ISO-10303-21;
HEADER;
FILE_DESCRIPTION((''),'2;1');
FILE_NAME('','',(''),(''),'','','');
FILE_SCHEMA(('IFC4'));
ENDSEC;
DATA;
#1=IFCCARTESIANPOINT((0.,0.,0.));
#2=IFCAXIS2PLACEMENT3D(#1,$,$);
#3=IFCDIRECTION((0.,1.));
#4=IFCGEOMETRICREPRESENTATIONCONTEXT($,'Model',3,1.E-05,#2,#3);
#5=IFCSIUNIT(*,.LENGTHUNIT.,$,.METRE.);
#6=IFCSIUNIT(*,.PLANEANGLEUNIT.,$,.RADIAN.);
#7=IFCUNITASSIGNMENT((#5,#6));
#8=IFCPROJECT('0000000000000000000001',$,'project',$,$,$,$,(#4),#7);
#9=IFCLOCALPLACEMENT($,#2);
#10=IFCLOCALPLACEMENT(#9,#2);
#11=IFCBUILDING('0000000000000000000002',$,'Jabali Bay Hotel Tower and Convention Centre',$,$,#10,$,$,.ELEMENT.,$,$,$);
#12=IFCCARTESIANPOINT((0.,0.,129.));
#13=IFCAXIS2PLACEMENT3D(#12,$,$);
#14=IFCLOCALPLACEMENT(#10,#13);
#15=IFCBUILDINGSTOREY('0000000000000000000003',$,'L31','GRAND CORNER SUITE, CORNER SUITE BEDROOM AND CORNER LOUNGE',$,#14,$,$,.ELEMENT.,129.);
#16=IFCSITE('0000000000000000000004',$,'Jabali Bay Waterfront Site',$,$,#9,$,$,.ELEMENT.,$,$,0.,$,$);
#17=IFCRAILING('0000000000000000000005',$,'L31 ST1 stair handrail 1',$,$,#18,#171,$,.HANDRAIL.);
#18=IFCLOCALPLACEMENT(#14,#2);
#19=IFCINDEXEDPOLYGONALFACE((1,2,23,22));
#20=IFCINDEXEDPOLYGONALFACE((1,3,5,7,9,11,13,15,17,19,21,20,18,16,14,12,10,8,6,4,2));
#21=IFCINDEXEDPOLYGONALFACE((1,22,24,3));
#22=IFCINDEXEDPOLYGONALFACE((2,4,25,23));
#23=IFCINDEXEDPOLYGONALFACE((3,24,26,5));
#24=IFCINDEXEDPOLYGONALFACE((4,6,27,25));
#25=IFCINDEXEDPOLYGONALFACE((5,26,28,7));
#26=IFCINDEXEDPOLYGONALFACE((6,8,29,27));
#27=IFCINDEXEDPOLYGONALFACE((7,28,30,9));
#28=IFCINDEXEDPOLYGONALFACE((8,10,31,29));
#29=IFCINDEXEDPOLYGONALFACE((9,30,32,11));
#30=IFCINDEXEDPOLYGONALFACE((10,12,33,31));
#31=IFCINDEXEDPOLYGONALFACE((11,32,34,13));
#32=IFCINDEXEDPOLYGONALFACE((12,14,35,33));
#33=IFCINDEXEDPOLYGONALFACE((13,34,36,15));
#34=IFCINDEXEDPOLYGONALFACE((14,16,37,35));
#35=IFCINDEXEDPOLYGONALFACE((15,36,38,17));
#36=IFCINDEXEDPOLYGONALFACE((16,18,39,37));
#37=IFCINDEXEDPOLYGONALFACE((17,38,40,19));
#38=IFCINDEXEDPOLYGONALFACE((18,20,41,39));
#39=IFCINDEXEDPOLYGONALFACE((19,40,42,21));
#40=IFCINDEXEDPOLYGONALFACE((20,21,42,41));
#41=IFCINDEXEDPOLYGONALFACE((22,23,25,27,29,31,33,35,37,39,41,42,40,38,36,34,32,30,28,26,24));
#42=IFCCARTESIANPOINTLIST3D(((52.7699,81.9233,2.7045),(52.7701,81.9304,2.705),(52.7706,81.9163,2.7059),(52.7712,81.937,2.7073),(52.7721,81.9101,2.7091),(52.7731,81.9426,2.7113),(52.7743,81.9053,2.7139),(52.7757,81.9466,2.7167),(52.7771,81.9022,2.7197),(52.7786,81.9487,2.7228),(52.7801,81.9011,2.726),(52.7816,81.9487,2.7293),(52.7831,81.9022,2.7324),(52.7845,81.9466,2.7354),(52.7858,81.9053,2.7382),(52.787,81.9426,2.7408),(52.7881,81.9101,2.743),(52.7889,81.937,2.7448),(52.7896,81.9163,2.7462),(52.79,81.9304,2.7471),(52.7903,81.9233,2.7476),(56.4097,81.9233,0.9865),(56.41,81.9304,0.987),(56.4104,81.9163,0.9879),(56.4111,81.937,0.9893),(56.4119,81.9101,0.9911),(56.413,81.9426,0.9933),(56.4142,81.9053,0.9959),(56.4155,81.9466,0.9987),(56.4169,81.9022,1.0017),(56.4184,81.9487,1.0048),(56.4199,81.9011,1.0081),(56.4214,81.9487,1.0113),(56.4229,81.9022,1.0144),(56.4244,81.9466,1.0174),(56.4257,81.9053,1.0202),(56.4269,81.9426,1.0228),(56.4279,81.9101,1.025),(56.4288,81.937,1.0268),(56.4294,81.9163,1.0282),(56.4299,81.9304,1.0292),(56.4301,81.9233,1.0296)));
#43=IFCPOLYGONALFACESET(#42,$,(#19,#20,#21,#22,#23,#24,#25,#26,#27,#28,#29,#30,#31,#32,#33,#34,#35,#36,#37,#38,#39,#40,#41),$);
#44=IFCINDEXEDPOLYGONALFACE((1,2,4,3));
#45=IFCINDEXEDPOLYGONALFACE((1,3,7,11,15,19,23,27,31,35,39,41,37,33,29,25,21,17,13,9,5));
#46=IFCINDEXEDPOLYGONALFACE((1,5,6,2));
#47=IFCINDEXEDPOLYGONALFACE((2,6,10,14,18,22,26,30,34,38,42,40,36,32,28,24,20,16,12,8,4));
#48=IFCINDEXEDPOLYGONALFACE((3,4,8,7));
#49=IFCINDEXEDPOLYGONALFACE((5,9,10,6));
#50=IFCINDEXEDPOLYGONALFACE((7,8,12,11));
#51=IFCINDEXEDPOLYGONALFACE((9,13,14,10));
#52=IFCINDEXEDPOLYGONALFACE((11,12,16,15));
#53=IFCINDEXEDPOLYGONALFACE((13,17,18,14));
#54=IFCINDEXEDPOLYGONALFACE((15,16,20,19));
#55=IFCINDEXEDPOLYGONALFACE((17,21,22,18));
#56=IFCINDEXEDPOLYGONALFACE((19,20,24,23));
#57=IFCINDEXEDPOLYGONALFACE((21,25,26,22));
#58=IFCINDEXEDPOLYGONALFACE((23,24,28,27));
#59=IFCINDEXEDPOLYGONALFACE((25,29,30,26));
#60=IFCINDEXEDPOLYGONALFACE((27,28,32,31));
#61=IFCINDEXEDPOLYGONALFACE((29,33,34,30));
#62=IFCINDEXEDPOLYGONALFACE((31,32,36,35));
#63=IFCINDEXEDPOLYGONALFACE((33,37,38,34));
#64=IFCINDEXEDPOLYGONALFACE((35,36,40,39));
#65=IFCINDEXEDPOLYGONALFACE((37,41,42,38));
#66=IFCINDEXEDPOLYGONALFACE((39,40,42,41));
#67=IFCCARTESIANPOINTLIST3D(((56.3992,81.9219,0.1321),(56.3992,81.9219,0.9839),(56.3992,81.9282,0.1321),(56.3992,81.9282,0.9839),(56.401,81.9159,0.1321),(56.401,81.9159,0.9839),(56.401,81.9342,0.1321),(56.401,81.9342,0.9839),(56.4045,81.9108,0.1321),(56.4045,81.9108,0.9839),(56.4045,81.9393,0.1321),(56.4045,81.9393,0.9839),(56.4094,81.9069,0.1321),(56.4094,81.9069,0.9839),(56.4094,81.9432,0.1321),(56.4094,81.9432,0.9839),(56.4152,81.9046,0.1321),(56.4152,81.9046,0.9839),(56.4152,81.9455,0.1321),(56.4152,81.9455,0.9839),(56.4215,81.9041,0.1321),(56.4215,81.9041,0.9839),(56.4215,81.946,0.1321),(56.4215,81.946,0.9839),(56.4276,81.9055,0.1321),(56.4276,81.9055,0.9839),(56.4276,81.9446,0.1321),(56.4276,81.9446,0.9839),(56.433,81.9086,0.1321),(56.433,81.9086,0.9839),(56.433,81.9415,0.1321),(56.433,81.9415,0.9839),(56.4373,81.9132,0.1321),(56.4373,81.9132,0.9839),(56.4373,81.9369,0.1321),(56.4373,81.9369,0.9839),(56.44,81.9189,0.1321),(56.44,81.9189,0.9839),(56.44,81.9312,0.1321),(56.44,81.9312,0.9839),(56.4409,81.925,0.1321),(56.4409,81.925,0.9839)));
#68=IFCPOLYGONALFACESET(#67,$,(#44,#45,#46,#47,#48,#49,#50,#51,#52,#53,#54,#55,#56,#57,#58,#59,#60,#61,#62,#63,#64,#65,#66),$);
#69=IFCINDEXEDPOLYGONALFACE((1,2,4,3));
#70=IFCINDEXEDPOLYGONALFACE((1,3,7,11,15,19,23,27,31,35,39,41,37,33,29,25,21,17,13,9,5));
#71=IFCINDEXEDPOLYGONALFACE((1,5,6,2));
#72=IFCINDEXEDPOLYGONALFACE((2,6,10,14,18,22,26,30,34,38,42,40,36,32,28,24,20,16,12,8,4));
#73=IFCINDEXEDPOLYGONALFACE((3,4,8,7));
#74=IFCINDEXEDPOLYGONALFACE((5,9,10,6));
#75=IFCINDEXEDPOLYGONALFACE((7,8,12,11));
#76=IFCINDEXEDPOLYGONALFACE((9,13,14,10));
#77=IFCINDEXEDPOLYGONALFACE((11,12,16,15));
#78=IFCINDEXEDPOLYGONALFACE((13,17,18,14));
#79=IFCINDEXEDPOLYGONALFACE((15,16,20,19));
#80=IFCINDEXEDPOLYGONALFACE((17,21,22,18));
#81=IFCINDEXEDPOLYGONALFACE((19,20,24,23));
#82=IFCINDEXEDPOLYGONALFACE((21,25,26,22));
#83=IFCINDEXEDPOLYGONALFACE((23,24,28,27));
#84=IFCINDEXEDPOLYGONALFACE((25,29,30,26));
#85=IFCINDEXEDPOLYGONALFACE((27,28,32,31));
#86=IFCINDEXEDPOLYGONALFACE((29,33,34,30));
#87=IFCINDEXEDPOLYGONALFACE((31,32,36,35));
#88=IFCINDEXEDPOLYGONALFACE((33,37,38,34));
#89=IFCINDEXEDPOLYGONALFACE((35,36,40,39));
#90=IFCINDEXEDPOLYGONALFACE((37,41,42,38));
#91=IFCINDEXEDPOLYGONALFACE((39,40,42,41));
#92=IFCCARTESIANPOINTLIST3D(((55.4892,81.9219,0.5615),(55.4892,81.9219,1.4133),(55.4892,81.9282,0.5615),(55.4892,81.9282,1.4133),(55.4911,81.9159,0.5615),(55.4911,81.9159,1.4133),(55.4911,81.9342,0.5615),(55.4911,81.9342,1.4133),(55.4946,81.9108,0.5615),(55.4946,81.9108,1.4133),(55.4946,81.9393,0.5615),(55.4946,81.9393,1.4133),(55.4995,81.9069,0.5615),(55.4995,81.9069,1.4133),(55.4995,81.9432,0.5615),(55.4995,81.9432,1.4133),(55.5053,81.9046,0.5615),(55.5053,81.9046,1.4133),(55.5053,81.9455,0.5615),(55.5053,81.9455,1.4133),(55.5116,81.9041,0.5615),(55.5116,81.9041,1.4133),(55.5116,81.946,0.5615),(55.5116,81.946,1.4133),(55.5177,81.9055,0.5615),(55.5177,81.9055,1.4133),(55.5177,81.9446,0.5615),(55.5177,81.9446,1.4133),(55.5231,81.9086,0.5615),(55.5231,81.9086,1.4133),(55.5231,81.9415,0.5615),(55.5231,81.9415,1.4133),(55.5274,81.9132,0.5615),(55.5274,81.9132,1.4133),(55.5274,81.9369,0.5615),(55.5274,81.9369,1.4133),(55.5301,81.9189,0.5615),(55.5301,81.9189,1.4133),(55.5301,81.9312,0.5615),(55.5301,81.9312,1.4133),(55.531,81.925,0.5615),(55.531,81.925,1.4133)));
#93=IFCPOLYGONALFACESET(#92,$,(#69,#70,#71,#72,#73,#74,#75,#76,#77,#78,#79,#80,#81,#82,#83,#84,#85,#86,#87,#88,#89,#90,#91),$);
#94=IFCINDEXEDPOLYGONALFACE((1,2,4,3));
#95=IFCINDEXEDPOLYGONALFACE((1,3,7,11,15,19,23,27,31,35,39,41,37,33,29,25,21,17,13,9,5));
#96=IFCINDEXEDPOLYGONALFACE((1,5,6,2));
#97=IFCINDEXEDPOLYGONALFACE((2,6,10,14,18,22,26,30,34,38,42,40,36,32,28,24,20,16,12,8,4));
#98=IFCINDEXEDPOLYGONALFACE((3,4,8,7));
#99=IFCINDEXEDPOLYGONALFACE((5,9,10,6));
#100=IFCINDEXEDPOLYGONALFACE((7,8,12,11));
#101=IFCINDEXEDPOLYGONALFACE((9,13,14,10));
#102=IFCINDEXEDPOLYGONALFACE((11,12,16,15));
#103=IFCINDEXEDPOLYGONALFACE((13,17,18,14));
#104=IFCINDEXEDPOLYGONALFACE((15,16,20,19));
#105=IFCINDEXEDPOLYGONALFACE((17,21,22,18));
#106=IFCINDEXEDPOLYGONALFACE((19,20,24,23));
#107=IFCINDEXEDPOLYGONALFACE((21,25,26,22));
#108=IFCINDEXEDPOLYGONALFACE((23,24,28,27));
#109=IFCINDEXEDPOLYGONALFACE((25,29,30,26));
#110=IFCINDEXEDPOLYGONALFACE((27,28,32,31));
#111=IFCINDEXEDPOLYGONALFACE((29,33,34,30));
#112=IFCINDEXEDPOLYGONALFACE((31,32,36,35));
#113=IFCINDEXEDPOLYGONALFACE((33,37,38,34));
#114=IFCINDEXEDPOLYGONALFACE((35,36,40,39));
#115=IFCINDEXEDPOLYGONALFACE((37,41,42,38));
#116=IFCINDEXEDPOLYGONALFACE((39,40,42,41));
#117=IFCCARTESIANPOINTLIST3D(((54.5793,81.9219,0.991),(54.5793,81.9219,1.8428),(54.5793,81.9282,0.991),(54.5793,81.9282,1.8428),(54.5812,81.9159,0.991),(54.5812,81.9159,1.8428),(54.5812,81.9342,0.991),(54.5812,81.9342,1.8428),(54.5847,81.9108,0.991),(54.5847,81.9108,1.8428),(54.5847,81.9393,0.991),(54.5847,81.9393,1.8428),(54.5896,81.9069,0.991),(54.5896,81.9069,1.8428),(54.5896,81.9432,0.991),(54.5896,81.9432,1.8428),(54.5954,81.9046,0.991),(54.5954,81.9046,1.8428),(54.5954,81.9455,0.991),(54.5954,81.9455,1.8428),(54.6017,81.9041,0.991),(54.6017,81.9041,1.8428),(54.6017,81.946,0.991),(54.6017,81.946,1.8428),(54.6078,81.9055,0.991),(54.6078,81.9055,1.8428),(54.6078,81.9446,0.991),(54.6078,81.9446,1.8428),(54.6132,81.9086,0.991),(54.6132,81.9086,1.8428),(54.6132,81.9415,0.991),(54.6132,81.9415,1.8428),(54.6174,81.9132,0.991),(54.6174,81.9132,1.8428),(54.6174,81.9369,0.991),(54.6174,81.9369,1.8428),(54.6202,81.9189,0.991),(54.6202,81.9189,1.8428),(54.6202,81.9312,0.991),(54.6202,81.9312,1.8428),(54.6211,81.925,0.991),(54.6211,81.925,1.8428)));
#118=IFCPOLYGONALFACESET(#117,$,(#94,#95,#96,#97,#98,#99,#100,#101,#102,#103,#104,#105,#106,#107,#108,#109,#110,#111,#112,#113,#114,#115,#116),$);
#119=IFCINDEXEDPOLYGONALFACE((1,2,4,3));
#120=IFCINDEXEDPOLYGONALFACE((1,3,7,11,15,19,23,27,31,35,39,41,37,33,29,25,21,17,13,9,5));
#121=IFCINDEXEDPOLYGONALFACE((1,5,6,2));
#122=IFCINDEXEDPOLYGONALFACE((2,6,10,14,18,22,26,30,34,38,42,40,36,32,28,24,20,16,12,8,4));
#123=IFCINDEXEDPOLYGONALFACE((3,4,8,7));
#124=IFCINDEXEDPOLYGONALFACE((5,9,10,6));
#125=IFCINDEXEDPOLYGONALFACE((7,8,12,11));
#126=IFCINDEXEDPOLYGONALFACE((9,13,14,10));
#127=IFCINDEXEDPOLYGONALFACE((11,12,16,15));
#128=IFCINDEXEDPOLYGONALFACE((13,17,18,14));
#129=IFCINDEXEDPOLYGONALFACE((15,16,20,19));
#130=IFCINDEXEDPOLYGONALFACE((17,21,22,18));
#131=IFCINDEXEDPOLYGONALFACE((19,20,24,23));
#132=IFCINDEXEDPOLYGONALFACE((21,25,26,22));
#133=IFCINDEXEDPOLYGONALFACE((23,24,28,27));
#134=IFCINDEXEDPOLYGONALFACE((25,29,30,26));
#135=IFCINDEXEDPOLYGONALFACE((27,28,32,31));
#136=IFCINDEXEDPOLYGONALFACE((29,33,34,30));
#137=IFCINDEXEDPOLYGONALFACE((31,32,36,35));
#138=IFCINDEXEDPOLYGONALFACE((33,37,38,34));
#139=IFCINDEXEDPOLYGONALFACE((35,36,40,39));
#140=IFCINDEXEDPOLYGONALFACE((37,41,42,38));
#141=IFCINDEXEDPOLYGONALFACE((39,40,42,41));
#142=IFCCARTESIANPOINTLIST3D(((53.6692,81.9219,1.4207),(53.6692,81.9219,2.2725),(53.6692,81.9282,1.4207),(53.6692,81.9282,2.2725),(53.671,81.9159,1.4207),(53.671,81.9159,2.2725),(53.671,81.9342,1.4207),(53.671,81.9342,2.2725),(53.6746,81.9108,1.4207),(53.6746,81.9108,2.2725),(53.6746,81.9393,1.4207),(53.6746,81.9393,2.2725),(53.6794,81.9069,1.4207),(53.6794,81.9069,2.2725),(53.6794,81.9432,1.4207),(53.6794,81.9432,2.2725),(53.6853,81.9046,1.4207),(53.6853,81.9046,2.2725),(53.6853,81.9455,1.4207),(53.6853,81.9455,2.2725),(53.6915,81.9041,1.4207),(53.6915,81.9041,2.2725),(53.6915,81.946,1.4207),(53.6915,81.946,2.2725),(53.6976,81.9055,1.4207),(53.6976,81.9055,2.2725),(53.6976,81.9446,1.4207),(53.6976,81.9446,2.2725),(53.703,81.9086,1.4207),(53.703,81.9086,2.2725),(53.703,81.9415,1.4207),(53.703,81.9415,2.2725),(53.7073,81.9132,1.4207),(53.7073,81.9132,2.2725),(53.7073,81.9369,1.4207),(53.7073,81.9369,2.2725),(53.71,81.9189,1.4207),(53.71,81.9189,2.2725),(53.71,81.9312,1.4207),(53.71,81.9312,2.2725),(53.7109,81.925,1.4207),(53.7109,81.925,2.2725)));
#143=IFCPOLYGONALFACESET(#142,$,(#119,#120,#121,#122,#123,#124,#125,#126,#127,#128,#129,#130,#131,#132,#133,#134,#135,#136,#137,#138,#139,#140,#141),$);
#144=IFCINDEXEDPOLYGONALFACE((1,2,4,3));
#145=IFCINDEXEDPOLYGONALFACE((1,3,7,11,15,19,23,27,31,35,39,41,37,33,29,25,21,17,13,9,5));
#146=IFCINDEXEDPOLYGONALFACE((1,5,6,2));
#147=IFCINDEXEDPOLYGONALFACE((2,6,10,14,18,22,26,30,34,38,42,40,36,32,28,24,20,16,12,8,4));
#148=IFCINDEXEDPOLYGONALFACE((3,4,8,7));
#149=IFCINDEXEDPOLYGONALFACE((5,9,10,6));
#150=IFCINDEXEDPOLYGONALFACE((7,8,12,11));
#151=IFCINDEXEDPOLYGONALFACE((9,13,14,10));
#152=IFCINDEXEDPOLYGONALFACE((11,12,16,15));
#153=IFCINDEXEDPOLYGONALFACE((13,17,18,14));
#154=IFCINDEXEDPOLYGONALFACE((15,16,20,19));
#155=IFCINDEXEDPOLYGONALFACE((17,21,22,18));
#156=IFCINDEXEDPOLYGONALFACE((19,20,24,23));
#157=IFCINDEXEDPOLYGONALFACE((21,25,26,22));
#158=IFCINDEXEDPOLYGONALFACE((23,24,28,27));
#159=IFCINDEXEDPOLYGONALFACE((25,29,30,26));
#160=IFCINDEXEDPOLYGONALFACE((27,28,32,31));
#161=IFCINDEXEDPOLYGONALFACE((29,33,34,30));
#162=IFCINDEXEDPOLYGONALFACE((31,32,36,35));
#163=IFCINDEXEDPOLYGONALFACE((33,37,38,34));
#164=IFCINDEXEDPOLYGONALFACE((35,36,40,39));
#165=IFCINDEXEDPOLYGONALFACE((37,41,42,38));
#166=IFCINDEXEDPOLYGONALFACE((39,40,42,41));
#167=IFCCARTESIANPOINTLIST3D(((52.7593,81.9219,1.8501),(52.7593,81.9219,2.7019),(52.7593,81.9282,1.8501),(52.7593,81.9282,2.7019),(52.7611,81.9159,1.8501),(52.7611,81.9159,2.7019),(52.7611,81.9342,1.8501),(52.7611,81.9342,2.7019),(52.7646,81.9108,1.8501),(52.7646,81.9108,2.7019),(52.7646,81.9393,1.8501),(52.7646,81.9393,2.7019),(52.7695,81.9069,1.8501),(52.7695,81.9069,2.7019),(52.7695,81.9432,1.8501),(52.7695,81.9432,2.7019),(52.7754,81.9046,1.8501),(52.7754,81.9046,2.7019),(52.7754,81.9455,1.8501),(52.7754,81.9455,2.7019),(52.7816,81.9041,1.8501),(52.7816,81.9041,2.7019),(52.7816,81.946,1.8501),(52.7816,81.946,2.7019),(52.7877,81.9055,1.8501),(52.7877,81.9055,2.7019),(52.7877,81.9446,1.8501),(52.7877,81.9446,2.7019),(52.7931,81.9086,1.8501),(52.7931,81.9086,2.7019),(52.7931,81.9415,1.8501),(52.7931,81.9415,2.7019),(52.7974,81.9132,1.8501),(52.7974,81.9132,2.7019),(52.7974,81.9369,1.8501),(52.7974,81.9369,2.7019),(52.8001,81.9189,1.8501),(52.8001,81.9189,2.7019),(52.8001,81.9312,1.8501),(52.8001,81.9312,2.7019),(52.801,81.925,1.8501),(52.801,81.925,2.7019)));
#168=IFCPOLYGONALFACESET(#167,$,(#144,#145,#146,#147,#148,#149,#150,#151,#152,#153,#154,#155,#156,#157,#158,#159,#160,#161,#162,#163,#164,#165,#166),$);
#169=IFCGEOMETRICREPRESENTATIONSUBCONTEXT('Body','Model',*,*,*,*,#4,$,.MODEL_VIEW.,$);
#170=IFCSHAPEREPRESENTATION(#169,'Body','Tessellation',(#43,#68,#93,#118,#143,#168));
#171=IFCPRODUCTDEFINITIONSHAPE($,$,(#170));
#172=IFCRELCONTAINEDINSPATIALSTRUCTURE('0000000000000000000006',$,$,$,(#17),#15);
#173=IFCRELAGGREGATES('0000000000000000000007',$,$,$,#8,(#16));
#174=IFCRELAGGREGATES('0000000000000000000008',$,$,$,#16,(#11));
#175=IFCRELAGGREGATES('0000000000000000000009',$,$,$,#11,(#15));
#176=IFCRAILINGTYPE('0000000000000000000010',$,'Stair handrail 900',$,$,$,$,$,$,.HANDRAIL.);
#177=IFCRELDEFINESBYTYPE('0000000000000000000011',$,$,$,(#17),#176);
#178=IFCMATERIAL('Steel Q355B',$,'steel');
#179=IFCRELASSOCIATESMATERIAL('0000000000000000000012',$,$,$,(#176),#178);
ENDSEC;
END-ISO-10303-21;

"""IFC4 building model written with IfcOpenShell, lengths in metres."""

from ifc_helpers import new_model, si_unit, direction, frame, origin, origin_2d, place, context, subcontext, project, spatial, circle, extrude, material, type_object, element, save


model = new_model("IFC4")

# Units and contexts
model_context = context("Model", 3, precision=1e-05, world=origin(), true_north=direction((0.0, 1.0)))
body_context = subcontext(model_context, "Body", "Model", "MODEL_VIEW")
ifc_project = project(units=[si_unit("LENGTHUNIT", "METRE"), si_unit("PLANEANGLEUNIT", "RADIAN")], contexts=[model_context])

# Site, building, storey
site_placement = place(None, origin())
site = spatial("IfcSite", under=ifc_project, at=site_placement, Name="Jabali Bay Waterfront Site", CompositionType="ELEMENT", RefElevation=0.0)
building_placement = place(site_placement, origin())
building = spatial("IfcBuilding", under=site, at=building_placement, Name="Jabali Bay Hotel Tower and Convention Centre", CompositionType="ELEMENT")
storey_placement = place(building_placement, frame((0.0, 0.0, 129.0)))
storey = spatial("IfcBuildingStorey", under=building, at=storey_placement, Name="L31", Description="GRAND CORNER SUITE, CORNER SUITE BEDROOM AND CORNER LOUNGE", CompositionType="ELEMENT", Elevation=129.0)

# Railing
ifc_material_1 = material(Name="Steel Q355B", Category="steel")
railing_type_1 = type_object("IfcRailingType", Name="Stair handrail 900", PredefinedType="HANDRAIL", material=ifc_material_1)
railing_1_placement = place(storey_placement, frame((56.4199, 81.925, 0.1321)))
element("IfcRailing", 1, at=railing_1_placement, inside=storey, type_object=railing_type_1, Name="L31 ST1 stair handrail 1", PredefinedType="HANDRAIL", context=body_context, shape_type="SweptSolid", body=[
    extrude(circle(Radius=0.0239, at=origin_2d()), frame((0.0, 0.0, 0.876), z_axis=(-0.904327, 0.0, 0.42684), x_axis=(0.0, -1.0, 0.0)), (0.0, 0.0, 1.0), 4.0249),
    extrude(circle(Radius=0.021, at=origin_2d()), origin(), (0.0, 0.0, 1.0), 0.8518),
    extrude(circle(Radius=0.021, at=origin_2d()), frame((-0.9099, 0.0, 0.4294)), (0.0, 0.0, 1.0), 0.8518),
    extrude(circle(Radius=0.021, at=origin_2d()), frame((-1.8198, 0.0, 0.8589)), (0.0, 0.0, 1.0), 0.8518),
    extrude(circle(Radius=0.021, at=origin_2d()), frame((-2.73, 0.0, 1.2886)), (0.0, 0.0, 1.0), 0.8518),
    extrude(circle(Radius=0.021, at=origin_2d()), frame((-3.6399, 0.0, 1.718)), (0.0, 0.0, 1.0), 0.8518),
])

save(model, "model.ifc")
